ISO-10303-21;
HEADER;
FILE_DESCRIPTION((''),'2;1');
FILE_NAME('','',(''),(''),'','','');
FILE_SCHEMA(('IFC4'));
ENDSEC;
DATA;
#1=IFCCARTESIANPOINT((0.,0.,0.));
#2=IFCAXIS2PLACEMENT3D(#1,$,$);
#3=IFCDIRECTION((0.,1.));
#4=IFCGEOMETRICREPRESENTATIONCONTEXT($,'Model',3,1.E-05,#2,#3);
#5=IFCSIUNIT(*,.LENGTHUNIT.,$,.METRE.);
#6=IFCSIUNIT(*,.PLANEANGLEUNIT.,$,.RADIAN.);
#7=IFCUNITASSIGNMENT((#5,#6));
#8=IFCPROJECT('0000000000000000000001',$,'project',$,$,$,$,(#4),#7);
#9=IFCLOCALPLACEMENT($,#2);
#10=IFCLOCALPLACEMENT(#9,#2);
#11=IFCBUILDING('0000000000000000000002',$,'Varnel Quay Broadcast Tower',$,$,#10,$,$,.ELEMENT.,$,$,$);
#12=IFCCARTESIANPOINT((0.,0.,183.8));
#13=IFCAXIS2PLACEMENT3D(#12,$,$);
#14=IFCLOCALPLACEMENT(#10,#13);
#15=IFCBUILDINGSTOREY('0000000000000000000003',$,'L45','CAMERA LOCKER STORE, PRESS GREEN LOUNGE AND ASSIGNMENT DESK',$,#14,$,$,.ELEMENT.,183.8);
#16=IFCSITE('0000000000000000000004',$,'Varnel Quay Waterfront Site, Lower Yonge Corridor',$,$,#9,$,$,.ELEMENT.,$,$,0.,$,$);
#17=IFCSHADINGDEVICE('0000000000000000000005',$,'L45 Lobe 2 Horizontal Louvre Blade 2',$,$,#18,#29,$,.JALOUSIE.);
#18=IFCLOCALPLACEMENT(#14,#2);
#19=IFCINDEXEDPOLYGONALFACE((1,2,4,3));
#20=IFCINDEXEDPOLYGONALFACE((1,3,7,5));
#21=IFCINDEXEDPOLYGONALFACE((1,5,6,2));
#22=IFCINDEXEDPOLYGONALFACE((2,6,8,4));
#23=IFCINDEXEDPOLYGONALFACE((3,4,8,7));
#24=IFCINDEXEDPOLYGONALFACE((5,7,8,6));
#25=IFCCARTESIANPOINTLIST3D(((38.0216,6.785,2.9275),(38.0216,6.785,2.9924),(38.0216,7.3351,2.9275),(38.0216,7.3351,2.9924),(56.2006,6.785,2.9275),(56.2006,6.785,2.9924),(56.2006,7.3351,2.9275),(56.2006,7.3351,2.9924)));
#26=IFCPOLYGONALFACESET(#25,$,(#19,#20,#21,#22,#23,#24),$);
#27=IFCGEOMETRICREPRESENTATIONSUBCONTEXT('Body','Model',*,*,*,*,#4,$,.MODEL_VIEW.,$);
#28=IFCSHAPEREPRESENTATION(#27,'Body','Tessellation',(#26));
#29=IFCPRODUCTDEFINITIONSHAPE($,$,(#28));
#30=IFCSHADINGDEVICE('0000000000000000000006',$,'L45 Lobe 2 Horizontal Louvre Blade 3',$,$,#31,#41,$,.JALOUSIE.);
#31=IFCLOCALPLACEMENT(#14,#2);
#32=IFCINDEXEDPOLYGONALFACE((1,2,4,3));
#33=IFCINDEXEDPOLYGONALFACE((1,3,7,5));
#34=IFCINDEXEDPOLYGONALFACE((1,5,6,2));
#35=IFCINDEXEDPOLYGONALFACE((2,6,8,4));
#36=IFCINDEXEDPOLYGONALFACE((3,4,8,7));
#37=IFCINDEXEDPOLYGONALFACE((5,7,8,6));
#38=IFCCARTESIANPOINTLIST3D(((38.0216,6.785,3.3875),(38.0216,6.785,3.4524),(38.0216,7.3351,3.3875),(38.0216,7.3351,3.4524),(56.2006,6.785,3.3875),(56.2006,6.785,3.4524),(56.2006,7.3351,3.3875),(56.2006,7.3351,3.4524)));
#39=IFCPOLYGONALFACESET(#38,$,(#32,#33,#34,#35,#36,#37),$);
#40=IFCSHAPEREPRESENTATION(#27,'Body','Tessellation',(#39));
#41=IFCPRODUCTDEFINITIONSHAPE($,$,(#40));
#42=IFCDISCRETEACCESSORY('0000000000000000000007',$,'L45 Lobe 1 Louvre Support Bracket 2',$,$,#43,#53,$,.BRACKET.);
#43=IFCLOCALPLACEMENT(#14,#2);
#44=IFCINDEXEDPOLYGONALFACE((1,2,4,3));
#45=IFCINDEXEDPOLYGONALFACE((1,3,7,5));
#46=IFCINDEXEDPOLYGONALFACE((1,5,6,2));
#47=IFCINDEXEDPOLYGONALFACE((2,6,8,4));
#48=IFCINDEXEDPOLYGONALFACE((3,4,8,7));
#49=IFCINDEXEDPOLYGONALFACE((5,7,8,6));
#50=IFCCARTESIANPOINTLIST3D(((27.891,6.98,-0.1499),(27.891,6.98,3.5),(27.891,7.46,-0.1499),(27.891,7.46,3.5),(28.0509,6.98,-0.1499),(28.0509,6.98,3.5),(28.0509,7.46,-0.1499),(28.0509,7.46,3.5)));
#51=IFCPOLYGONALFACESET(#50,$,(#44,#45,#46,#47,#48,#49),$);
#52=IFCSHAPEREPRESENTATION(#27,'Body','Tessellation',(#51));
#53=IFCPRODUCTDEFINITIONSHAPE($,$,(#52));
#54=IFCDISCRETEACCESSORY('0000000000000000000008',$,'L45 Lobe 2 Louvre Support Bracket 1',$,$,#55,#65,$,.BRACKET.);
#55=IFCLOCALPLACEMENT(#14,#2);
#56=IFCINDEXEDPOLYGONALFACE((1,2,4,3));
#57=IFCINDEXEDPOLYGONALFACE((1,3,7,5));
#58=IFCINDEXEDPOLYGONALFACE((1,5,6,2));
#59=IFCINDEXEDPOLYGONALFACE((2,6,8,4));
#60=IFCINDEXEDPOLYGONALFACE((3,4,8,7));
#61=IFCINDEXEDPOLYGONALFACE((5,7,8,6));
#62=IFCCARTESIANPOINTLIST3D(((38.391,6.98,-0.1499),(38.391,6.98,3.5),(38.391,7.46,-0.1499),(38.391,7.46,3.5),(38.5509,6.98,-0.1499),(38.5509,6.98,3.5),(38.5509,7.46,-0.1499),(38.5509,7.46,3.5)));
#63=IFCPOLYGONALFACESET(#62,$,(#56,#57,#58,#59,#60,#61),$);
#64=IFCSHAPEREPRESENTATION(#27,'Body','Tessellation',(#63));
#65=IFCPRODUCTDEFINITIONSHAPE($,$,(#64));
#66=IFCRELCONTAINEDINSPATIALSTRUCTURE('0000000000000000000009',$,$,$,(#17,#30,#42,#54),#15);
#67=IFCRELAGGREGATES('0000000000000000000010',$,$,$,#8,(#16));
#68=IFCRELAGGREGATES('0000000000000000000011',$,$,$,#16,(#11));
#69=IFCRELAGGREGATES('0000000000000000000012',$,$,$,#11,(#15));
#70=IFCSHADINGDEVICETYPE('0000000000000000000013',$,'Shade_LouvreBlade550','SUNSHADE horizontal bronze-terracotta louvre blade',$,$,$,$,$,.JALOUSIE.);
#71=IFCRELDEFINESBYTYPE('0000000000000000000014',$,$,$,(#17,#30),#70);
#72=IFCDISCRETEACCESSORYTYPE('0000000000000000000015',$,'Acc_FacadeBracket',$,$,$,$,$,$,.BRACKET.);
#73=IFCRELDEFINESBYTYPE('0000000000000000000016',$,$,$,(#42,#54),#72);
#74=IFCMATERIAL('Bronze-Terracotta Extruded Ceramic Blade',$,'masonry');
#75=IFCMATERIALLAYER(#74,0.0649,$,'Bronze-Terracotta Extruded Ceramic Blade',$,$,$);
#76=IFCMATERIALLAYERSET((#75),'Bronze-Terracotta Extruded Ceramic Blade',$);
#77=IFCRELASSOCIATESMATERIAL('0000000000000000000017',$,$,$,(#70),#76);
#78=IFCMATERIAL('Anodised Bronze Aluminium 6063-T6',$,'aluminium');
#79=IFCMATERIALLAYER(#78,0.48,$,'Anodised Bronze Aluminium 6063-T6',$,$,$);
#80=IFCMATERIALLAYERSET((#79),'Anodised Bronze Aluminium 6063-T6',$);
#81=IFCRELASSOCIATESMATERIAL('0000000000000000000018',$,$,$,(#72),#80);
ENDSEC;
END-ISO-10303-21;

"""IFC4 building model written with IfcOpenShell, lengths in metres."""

from ifc_helpers import new_model, si_unit, direction, frame, origin, origin_2d, place, context, subcontext, project, spatial, rectangle, extrude, source, transform, mapped, material, layer, layer_set, type_object, type_shapes, element, save


model = new_model("IFC4")

# Units and contexts
model_context = context("Model", 3, precision=1e-05, world=origin(), true_north=direction((0.0, 1.0)))
body_context = subcontext(model_context, "Body", "Model", "MODEL_VIEW")
ifc_project = project(units=[si_unit("LENGTHUNIT", "METRE"), si_unit("PLANEANGLEUNIT", "RADIAN")], contexts=[model_context])

# Site, building, storey
site_placement = place(None, origin())
site = spatial("IfcSite", under=ifc_project, at=site_placement, Name="Varnel Quay Waterfront Site, Lower Yonge Corridor", CompositionType="ELEMENT", RefElevation=0.0)
building_placement = place(site_placement, origin())
building = spatial("IfcBuilding", under=site, at=building_placement, Name="Varnel Quay Broadcast Tower", CompositionType="ELEMENT")
storey_placement = place(building_placement, frame((0.0, 0.0, 183.8)))
storey = spatial("IfcBuildingStorey", under=building, at=storey_placement, Name="L45", Description="CAMERA LOCKER STORE, PRESS GREEN LOUNGE AND ASSIGNMENT DESK", CompositionType="ELEMENT", Elevation=183.8)

# Shared definitions
ifc_material_1 = material(Name="Anodised Bronze Aluminium 6063-T6", Category="aluminium")

# Shading devices
ifc_material_2 = material(Name="Bronze-Terracotta Extruded Ceramic Blade", Category="masonry")
ifc_layer_1 = layer(ifc_material_2, 0.0649, Name="Bronze-Terracotta Extruded Ceramic Blade")
ifc_layer_set_1 = layer_set([ifc_layer_1], Name="Bronze-Terracotta Extruded Ceramic Blade")
shading_device_type = type_object("IfcShadingDeviceType", Name="Shade_LouvreBlade550", Description="SUNSHADE horizontal bronze-terracotta louvre blade", PredefinedType="JALOUSIE", material=ifc_layer_set_1)
shared_shape_1 = source(origin(), body_context, "Body", "SweptSolid", [
    extrude(rectangle(XDim=18.179, YDim=0.55, at=origin_2d()), origin(), (0.0, 0.0, 1.0), 0.0649),
])
type_shapes(shading_device_type, [shared_shape_1])
for number, where, z_axis, x_axis, name in (
    (1, (47.1111, 7.0601, 2.9275), (0.0, 0.0, 1.0), (1.0, 0.0, 0.0), "L45 Lobe 2 Horizontal Louvre Blade 2"),
    (2, (47.1111, 7.0601, 3.3875), (0.0, 0.0, 1.0), (1.0, 0.0, 0.0), "L45 Lobe 2 Horizontal Louvre Blade 3"),
):
    element("IfcShadingDevice", number, at=place(storey_placement, frame(where, z_axis=z_axis, x_axis=x_axis)), inside=storey, type_object=shading_device_type, Name=name, PredefinedType="JALOUSIE", context=body_context, shape_type="MappedRepresentation", body=[
        mapped(shared_shape_1, transform((0.0, 0.0, 0.0), x_axis=(1.0, 0.0, 0.0), y_axis=(0.0, 1.0, 0.0), z_axis=(0.0, 0.0, 1.0), scale=1.0)),
    ])

# Discrete accessories
ifc_layer_2 = layer(ifc_material_1, 0.48, Name="Anodised Bronze Aluminium 6063-T6")
ifc_layer_set_2 = layer_set([ifc_layer_2], Name="Anodised Bronze Aluminium 6063-T6")
discrete_accessory_type = type_object("IfcDiscreteAccessoryType", Name="Acc_FacadeBracket", PredefinedType="BRACKET", material=ifc_layer_set_2)
shared_shape_2 = source(origin(), body_context, "Body", "SweptSolid", [
    extrude(rectangle(XDim=0.1599, YDim=0.48, at=origin_2d()), origin(), (0.0, 0.0, 1.0), 3.6499),
])
type_shapes(discrete_accessory_type, [shared_shape_2])
for number, where, z_axis, x_axis, name in (
    (3, (27.9709, 7.22, -0.1499), (0.0, 0.0, 1.0), (1.0, 0.0, 0.0), "L45 Lobe 1 Louvre Support Bracket 2"),
    (4, (38.4709, 7.22, -0.1499), (0.0, 0.0, 1.0), (1.0, 0.0, 0.0), "L45 Lobe 2 Louvre Support Bracket 1"),
):
    element("IfcDiscreteAccessory", number, at=place(storey_placement, frame(where, z_axis=z_axis, x_axis=x_axis)), inside=storey, type_object=discrete_accessory_type, Name=name, PredefinedType="BRACKET", context=body_context, shape_type="MappedRepresentation", body=[
        mapped(shared_shape_2, transform((0.0, 0.0, 0.0), x_axis=(1.0, 0.0, 0.0), y_axis=(0.0, 1.0, 0.0), z_axis=(0.0, 0.0, 1.0), scale=1.0)),
    ])

save(model, "model.ifc")
